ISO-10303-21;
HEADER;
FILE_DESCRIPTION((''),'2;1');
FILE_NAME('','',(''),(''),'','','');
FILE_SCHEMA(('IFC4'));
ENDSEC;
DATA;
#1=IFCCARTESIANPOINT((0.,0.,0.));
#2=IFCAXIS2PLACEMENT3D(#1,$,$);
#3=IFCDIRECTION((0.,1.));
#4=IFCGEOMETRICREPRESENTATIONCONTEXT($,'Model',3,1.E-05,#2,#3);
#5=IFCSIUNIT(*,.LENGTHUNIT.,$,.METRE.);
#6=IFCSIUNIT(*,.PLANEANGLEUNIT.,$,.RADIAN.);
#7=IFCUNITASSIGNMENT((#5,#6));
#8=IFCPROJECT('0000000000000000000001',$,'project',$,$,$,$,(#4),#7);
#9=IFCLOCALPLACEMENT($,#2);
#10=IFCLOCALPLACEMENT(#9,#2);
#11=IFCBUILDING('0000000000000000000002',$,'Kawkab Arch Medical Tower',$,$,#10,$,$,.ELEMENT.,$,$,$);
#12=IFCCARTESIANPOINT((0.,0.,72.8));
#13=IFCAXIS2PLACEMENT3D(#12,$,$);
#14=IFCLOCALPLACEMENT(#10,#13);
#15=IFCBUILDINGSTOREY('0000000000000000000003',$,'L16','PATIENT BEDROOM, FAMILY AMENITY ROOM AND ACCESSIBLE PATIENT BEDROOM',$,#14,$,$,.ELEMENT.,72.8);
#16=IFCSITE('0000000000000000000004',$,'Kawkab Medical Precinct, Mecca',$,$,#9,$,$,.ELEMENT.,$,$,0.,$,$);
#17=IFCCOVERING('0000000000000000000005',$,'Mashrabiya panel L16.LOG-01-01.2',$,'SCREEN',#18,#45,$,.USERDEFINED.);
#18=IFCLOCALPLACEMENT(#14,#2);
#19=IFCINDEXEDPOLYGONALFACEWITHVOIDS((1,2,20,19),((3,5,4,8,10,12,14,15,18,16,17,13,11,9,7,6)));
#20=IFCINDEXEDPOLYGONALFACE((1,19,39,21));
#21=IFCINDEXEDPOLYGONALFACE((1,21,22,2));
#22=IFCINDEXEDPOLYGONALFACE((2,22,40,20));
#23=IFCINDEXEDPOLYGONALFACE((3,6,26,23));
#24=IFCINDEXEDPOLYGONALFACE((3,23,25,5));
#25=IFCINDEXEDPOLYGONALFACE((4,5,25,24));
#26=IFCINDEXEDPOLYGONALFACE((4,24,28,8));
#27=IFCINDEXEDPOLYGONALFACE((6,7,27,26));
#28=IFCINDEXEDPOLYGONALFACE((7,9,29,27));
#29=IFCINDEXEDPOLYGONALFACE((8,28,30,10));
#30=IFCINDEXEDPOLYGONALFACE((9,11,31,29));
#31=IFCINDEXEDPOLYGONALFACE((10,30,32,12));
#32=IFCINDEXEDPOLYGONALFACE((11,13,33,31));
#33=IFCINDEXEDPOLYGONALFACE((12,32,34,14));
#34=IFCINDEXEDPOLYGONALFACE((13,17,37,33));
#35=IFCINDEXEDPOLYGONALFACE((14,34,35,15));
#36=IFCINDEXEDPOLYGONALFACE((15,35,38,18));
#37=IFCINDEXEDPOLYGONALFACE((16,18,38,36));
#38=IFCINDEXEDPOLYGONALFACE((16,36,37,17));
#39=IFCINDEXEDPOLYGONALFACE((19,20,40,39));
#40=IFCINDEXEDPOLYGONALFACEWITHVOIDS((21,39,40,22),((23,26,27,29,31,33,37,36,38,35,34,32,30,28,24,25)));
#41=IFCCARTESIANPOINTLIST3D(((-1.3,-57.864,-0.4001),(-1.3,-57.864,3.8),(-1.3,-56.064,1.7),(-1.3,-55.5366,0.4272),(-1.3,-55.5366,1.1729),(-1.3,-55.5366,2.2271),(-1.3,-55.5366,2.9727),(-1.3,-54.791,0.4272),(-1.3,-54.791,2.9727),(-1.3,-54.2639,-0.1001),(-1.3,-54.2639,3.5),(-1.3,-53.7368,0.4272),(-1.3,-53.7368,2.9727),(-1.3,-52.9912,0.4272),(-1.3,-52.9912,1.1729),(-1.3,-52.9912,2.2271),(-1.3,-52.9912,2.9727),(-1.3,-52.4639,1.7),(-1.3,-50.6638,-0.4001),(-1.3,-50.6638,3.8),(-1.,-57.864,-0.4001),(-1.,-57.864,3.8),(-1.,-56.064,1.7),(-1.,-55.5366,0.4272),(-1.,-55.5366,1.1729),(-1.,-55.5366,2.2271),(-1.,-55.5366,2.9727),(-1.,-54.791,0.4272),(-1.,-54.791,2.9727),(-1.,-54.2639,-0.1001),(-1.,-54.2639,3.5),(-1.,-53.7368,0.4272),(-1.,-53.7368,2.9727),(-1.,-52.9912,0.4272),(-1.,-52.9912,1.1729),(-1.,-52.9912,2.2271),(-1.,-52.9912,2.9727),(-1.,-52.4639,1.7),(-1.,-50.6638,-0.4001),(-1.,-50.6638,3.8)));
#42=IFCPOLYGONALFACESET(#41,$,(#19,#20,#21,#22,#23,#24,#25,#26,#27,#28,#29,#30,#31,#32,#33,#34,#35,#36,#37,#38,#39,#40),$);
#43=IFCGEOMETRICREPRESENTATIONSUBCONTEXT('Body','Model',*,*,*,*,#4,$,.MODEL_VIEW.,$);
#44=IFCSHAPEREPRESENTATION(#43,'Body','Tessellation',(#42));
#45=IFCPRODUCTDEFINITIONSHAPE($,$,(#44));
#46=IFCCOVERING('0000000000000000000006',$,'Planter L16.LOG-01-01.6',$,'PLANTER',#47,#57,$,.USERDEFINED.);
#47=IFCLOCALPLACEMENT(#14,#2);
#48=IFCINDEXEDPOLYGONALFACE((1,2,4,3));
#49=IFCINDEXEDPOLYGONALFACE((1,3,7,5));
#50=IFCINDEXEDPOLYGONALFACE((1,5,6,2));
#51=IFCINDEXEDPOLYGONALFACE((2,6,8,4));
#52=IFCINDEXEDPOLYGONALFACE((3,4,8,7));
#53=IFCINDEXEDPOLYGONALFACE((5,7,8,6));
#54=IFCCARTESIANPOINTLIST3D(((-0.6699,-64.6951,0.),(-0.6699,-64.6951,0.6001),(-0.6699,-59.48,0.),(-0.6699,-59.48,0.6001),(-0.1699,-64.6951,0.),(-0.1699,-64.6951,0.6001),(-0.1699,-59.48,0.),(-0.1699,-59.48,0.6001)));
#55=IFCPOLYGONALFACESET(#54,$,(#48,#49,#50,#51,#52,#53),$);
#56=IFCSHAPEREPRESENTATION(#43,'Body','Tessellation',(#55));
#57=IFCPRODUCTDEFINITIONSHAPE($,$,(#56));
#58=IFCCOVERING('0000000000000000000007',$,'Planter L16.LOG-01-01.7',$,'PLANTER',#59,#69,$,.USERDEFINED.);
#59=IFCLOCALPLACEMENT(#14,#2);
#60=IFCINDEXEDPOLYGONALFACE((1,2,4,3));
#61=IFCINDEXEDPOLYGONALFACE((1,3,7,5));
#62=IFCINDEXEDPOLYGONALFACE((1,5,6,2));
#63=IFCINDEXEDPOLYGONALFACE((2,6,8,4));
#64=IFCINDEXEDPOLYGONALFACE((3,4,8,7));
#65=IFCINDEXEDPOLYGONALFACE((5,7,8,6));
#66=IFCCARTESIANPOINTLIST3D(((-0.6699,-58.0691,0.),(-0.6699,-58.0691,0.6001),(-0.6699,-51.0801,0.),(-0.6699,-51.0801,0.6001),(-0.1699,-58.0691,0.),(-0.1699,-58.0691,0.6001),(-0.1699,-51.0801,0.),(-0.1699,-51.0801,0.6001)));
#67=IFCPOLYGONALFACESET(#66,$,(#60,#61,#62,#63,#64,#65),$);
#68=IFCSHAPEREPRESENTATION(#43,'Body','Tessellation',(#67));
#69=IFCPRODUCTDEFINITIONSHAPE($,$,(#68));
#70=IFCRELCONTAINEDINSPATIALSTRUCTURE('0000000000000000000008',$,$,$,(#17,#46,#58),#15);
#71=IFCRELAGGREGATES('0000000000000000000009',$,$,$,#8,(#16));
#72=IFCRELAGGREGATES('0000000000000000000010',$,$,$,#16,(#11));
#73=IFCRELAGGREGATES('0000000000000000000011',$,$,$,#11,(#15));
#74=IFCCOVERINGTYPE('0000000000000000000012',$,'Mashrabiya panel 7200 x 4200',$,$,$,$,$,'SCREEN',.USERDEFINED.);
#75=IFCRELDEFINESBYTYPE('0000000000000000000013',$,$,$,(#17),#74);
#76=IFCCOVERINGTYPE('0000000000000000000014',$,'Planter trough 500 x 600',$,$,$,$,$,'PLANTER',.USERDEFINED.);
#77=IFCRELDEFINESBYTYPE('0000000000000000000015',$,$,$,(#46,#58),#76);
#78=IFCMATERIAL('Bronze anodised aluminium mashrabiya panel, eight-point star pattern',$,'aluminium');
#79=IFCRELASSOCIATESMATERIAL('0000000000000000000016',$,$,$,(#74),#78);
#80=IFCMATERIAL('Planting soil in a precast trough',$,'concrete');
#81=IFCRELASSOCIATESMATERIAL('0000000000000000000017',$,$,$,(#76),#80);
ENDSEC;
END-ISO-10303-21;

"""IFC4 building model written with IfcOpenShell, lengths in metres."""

from ifc_helpers import new_model, si_unit, direction, frame, origin, origin_2d, place, context, subcontext, project, spatial, polyline, rectangle, outline, extrude, material, material_profile, profile_set, type_object, element, save


model = new_model("IFC4")

# Units and contexts
model_context = context("Model", 3, precision=1e-05, world=origin(), true_north=direction((0.0, 1.0)))
body_context = subcontext(model_context, "Body", "Model", "MODEL_VIEW")
ifc_project = project(units=[si_unit("LENGTHUNIT", "METRE"), si_unit("PLANEANGLEUNIT", "RADIAN")], contexts=[model_context])

# Site, building, storey
site_placement = place(None, origin())
site = spatial("IfcSite", under=ifc_project, at=site_placement, Name="Kawkab Medical Precinct, Mecca", CompositionType="ELEMENT", RefElevation=0.0)
building_placement = place(site_placement, origin())
building = spatial("IfcBuilding", under=site, at=building_placement, Name="Kawkab Arch Medical Tower", CompositionType="ELEMENT")
storey_placement = place(building_placement, frame((0.0, 0.0, 72.8)))
storey = spatial("IfcBuildingStorey", under=building, at=storey_placement, Name="L16", Description="PATIENT BEDROOM, FAMILY AMENITY ROOM AND ACCESSIBLE PATIENT BEDROOM", CompositionType="ELEMENT", Elevation=72.8)

# Coverings
ifc_material_1 = material(Name="Bronze anodised aluminium mashrabiya panel, eight-point star pattern", Category="aluminium")
ifc_material_profile_1 = material_profile(ifc_material_1, outline(polyline([(-3.6001, -2.1001), (3.6001, -2.1001), (3.6001, 2.1001), (-3.6001, 2.1001), (-3.6001, -2.1001)]), holes=[polyline([(1.8, 0.0), (1.2727, 0.5271), (1.2727, 1.2727), (0.5271, 1.2727), (0.0, 1.8), (-0.5271, 1.2727), (-1.2727, 1.2727), (-1.2727, 0.5271), (-1.8, 0.0), (-1.2727, -0.5271), (-1.2727, -1.2727), (-0.5271, -1.2727), (0.0, -1.8), (0.5271, -1.2727), (1.2727, -1.2727), (1.2727, -0.5271), (1.8, 0.0)])]), Name="Mashrabiya panel 7200x4200")
ifc_profile_set_1 = profile_set([ifc_material_profile_1], Name="Bronze anodised aluminium mashrabiya panel, eight-point star pattern")
covering_type_1 = type_object("IfcCoveringType", Name="Mashrabiya panel 7200 x 4200", ElementType="SCREEN", PredefinedType="USERDEFINED", material=ifc_profile_set_1)
covering_1_placement = place(storey_placement, frame((-1.0, -54.2639, 1.7), z_axis=(-1.0, 0.0, 0.0), x_axis=(0.0, -1.0, 0.0)))
element("IfcCovering", 1, at=covering_1_placement, inside=storey, type_object=covering_type_1, Name="Mashrabiya panel L16.LOG-01-01.2", ObjectType="SCREEN", PredefinedType="USERDEFINED", context=body_context, shape_type="SweptSolid", body=[
    extrude(outline(polyline([(-3.6001, -2.1001), (3.6001, -2.1001), (3.6001, 2.1001), (-3.6001, 2.1001), (-3.6001, -2.1001)]), holes=[polyline([(1.8, 0.0), (1.2727, 0.5271), (1.2727, 1.2727), (0.5271, 1.2727), (0.0, 1.8), (-0.5271, 1.2727), (-1.2727, 1.2727), (-1.2727, 0.5271), (-1.8, 0.0), (-1.2727, -0.5271), (-1.2727, -1.2727), (-0.5271, -1.2727), (0.0, -1.8), (0.5271, -1.2727), (1.2727, -1.2727), (1.2727, -0.5271), (1.8, 0.0)])]), origin(), (0.0, 0.0, 1.0), 0.3),
])
ifc_material_2 = material(Name="Planting soil in a precast trough", Category="concrete")
ifc_material_profile_2 = material_profile(ifc_material_2, rectangle(XDim=0.5, YDim=0.6001, at=origin_2d()), Name="Trough 500x600")
ifc_profile_set_2 = profile_set([ifc_material_profile_2], Name="Planting soil in a precast trough")
covering_type_2 = type_object("IfcCoveringType", Name="Planter trough 500 x 600", ElementType="PLANTER", PredefinedType="USERDEFINED", material=ifc_profile_set_2)
covering_2_placement = place(storey_placement, frame((-0.4199, -64.6951, 0.3), z_axis=(0.0, 1.0, 0.0), x_axis=(-1.0, 0.0, 0.0)))
element("IfcCovering", 2, at=covering_2_placement, inside=storey, type_object=covering_type_2, Name="Planter L16.LOG-01-01.6", ObjectType="PLANTER", PredefinedType="USERDEFINED", context=body_context, shape_type="SweptSolid", body=[
    extrude(rectangle(XDim=0.5, YDim=0.6001, at=origin_2d()), origin(), (0.0, 0.0, 1.0), 5.2151),
])
covering_3_placement = place(storey_placement, frame((-0.4199, -58.0691, 0.3), z_axis=(0.0, 1.0, 0.0), x_axis=(-1.0, 0.0, 0.0)))
element("IfcCovering", 3, at=covering_3_placement, inside=storey, type_object=covering_type_2, Name="Planter L16.LOG-01-01.7", ObjectType="PLANTER", PredefinedType="USERDEFINED", context=body_context, shape_type="SweptSolid", body=[
    extrude(rectangle(XDim=0.5, YDim=0.6001, at=origin_2d()), origin(), (0.0, 0.0, 1.0), 6.989),
])

save(model, "model.ifc")
